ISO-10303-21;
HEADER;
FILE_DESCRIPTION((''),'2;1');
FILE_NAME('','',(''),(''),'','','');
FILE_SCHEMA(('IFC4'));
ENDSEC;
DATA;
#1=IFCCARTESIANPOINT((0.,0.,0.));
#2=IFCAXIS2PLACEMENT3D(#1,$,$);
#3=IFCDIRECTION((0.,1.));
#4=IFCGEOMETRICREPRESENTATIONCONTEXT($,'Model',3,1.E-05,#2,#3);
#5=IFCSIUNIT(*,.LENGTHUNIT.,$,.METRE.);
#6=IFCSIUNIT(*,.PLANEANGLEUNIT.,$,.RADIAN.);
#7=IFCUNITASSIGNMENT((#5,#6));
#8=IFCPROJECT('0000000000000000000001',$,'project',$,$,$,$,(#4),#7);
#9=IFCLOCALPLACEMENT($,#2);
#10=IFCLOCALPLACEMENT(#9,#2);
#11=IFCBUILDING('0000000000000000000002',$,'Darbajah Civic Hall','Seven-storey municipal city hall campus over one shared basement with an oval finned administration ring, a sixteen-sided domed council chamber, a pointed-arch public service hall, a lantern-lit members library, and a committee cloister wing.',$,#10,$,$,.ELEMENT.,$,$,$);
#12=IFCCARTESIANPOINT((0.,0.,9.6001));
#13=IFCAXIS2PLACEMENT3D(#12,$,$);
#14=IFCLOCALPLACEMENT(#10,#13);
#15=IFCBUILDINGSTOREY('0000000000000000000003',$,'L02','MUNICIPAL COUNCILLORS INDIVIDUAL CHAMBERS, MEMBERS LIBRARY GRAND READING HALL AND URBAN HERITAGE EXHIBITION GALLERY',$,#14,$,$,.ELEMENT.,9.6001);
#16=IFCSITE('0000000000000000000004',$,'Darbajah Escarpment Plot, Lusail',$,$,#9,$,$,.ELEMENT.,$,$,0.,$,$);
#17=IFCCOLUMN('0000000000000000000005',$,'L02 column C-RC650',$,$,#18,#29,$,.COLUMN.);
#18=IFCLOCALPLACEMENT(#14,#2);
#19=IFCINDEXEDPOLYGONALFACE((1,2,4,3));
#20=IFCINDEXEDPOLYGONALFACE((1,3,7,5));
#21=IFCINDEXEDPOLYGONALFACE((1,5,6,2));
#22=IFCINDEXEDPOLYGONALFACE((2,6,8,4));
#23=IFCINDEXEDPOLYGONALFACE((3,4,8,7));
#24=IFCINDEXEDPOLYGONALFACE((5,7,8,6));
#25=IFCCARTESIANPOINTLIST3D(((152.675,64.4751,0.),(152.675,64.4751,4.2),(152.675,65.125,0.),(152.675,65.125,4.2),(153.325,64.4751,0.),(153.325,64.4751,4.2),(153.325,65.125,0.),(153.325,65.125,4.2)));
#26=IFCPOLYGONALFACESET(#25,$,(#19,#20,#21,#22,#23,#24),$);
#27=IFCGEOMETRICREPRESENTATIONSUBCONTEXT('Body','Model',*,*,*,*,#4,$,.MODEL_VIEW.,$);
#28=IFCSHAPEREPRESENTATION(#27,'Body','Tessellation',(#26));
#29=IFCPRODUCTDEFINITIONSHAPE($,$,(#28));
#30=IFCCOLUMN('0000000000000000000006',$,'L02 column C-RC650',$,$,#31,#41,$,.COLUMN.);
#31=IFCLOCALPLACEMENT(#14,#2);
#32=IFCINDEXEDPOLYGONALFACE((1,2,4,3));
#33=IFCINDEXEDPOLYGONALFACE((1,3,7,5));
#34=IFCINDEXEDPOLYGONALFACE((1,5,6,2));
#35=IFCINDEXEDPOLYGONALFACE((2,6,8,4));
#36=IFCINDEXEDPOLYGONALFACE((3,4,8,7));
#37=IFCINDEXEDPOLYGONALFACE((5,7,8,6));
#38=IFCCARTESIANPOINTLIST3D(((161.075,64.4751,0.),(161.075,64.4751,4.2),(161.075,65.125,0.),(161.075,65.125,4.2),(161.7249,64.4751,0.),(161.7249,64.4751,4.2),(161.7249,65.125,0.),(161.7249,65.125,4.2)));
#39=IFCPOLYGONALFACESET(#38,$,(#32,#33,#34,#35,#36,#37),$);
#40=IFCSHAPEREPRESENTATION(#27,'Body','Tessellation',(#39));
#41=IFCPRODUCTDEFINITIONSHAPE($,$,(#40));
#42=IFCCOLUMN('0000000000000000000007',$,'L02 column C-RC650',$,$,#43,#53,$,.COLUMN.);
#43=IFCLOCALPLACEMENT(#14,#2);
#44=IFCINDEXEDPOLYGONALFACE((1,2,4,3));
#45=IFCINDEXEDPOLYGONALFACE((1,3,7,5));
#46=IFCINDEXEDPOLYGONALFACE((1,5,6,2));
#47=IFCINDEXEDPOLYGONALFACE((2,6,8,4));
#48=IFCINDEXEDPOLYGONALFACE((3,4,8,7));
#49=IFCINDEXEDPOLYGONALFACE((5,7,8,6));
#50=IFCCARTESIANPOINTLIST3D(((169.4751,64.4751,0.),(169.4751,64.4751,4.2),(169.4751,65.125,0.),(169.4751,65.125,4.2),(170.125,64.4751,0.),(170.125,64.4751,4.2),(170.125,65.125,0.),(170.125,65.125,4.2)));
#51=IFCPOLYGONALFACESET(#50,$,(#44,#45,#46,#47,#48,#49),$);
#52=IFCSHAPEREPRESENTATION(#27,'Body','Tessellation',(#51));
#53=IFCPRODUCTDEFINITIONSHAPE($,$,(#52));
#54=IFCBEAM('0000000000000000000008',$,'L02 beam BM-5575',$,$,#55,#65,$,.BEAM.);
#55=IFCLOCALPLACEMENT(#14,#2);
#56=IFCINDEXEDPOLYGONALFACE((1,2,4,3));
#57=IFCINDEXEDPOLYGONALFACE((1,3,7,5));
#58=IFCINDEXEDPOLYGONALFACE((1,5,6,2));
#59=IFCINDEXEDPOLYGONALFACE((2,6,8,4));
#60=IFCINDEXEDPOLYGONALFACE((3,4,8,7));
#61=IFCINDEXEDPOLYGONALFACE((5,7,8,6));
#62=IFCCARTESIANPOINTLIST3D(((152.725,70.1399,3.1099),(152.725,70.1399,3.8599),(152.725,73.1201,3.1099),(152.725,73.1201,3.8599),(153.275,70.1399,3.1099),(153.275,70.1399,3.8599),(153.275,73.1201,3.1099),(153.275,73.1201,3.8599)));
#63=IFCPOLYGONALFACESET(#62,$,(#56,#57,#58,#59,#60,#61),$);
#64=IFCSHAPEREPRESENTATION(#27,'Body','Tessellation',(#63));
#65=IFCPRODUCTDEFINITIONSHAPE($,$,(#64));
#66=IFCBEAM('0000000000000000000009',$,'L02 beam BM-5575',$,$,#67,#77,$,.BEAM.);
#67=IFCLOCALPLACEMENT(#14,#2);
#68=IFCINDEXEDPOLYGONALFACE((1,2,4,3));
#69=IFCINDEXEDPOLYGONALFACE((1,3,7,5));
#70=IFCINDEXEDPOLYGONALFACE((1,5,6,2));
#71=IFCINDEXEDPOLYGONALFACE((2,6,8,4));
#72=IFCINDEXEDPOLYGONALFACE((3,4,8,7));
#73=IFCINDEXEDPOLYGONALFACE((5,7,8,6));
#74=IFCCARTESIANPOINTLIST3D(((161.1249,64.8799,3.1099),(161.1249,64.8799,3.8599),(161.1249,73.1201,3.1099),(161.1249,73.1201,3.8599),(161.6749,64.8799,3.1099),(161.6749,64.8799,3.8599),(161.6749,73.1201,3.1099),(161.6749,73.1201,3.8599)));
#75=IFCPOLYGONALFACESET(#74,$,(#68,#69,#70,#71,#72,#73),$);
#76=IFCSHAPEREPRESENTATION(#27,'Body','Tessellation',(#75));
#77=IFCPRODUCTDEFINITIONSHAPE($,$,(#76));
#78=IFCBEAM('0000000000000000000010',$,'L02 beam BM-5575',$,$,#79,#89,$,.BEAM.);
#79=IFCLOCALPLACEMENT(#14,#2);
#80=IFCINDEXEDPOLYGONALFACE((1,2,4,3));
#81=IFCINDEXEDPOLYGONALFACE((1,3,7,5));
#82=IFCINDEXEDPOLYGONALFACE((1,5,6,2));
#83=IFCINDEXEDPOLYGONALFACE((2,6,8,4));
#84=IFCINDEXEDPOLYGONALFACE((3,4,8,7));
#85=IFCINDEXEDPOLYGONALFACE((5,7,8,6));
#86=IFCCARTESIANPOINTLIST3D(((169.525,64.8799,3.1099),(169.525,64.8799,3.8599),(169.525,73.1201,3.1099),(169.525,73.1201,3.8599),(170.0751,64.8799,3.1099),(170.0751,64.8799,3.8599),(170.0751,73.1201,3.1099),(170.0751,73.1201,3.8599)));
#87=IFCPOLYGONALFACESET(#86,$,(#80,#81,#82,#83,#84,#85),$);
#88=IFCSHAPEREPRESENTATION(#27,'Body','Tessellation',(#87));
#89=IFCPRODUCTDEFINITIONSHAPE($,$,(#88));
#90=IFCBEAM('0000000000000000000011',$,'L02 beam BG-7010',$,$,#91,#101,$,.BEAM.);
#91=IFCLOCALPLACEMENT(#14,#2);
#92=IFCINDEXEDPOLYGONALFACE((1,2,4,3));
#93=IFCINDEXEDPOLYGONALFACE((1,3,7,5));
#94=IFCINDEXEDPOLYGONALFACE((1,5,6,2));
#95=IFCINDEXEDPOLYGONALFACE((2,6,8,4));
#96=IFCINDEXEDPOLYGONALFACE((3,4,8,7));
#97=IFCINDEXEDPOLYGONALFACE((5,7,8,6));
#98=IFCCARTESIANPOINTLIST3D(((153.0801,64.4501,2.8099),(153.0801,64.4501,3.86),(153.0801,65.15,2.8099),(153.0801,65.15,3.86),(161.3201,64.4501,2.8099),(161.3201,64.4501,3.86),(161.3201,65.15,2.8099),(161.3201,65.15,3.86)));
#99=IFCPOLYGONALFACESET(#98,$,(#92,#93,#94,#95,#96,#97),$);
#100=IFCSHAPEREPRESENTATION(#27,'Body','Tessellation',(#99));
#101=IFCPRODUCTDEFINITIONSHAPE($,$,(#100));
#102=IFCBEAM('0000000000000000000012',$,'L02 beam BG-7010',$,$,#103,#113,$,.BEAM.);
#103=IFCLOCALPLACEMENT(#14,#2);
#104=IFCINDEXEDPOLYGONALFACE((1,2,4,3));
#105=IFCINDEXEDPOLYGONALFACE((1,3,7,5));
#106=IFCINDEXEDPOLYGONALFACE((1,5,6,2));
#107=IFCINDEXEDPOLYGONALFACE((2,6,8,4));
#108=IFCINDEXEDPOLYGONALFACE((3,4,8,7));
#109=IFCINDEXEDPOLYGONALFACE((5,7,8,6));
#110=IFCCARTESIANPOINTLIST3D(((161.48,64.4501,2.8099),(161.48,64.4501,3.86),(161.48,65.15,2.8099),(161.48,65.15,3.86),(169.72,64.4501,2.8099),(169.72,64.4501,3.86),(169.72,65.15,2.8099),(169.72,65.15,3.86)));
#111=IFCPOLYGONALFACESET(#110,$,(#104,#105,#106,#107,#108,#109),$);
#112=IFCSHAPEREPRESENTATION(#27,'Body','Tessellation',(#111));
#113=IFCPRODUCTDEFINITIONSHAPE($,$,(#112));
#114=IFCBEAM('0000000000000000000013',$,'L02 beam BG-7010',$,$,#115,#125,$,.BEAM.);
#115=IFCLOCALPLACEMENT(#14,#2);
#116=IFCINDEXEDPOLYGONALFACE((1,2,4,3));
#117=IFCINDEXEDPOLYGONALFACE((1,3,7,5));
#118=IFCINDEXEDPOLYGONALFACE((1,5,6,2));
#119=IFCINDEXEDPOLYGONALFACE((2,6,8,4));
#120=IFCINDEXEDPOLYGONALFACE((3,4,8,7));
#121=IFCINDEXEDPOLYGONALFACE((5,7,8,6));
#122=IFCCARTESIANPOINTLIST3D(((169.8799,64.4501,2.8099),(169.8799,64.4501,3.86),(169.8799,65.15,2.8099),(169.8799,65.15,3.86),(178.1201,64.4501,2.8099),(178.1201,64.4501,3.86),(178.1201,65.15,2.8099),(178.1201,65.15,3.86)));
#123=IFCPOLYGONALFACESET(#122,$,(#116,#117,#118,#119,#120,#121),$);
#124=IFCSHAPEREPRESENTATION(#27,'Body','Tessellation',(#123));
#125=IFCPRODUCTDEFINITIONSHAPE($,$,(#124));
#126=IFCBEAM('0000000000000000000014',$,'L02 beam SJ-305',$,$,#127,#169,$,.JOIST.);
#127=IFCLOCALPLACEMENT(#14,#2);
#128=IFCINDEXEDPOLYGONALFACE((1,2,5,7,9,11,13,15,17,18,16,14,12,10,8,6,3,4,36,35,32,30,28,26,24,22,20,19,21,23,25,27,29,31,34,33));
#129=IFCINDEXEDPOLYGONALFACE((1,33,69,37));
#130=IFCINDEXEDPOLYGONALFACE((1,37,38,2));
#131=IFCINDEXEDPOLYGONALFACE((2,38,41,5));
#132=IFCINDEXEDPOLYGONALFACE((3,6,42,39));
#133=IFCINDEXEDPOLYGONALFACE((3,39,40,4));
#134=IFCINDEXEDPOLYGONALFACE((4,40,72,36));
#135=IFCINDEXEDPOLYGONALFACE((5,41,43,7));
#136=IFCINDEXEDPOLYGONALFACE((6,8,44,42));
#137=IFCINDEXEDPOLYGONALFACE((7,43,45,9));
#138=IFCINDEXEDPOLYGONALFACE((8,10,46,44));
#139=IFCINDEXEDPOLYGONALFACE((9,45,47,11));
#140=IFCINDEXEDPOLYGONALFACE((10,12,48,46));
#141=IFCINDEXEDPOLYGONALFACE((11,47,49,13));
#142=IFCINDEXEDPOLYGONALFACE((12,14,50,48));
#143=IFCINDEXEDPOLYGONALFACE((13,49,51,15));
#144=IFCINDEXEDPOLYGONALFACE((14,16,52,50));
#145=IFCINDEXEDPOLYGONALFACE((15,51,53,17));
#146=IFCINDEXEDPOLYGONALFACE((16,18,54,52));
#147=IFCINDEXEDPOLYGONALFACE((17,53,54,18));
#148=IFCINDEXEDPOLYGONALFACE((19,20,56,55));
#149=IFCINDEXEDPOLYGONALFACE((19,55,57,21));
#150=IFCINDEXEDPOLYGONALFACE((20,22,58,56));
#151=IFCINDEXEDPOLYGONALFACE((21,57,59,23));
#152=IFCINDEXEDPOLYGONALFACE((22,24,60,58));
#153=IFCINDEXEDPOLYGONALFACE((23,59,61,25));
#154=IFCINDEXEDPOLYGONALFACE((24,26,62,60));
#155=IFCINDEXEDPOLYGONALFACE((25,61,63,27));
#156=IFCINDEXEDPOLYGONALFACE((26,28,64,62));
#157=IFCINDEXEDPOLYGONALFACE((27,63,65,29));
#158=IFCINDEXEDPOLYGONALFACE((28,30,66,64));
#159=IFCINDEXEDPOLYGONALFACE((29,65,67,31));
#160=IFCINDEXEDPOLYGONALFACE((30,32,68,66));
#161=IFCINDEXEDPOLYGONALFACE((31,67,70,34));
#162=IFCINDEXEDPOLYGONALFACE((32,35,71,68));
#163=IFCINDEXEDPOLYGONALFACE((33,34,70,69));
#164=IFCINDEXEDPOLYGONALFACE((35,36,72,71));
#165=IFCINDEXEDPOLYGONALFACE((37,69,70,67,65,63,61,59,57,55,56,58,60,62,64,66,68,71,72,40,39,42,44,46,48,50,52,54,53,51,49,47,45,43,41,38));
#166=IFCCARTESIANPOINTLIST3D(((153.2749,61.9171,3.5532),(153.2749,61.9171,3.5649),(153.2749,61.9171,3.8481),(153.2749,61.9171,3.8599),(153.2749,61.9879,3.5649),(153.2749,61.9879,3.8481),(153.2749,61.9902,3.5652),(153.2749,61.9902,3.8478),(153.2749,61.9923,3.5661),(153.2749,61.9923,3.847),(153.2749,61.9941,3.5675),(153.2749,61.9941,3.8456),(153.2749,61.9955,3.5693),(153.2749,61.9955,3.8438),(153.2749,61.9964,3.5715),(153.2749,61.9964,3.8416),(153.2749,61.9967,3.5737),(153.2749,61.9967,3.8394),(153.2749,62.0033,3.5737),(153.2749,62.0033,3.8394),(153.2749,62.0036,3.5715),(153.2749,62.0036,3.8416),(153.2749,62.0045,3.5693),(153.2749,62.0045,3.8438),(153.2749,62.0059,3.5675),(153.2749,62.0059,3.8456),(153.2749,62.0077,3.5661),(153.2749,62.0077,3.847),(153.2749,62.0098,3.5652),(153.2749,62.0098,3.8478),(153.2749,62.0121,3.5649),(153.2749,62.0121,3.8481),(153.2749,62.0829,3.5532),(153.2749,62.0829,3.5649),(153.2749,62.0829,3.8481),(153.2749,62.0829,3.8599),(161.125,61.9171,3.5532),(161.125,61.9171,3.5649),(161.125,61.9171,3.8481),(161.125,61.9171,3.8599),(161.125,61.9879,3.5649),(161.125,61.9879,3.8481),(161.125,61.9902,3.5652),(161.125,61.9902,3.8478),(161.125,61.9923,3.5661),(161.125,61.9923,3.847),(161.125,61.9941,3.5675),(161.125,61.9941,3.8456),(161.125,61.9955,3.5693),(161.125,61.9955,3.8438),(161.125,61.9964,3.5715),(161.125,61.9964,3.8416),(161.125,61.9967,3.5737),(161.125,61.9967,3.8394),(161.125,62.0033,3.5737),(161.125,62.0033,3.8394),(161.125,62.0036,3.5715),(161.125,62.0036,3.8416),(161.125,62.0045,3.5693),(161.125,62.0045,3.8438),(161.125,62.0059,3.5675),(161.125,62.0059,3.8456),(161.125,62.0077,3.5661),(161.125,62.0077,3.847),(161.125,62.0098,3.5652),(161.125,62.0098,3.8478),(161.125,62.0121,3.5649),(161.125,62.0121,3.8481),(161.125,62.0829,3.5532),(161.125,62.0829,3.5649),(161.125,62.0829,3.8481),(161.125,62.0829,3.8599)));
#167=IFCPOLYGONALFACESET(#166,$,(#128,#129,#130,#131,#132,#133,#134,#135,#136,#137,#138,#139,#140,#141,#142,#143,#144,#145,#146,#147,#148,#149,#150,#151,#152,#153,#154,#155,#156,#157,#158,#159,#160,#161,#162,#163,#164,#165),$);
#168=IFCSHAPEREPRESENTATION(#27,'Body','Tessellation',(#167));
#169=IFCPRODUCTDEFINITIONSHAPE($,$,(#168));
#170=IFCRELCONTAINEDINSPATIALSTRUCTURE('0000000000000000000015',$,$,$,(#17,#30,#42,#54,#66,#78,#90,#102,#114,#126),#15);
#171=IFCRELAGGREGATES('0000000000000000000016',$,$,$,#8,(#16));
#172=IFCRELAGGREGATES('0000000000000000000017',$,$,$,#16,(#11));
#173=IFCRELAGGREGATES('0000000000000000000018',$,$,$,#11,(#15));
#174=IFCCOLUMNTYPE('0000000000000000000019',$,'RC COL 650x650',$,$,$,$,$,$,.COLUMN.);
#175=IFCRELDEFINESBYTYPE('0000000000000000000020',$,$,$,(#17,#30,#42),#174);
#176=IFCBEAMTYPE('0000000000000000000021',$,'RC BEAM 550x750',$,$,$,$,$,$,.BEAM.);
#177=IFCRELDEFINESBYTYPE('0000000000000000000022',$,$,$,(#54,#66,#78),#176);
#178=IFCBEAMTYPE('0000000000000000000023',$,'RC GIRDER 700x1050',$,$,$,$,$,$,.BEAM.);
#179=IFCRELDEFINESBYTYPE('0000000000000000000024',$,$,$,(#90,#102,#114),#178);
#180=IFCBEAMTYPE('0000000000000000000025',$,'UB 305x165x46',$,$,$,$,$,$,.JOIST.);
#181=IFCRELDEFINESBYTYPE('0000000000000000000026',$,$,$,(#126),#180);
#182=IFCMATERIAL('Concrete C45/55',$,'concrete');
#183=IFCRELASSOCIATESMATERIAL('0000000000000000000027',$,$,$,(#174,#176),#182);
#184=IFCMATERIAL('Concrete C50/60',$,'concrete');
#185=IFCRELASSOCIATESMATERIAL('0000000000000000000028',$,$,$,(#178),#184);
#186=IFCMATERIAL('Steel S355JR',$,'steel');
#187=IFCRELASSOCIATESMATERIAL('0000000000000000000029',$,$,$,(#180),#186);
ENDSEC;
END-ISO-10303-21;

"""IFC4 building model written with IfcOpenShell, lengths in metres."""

from ifc_helpers import new_model, si_unit, direction, frame, origin, origin_2d, place, context, subcontext, project, spatial, rectangle, i_section, extrude, material, material_profile, profile_set, type_object, element, save


model = new_model("IFC4")

# Units and contexts
model_context = context("Model", 3, precision=1e-05, world=origin(), true_north=direction((0.0, 1.0)))
body_context = subcontext(model_context, "Body", "Model", "MODEL_VIEW")
ifc_project = project(units=[si_unit("LENGTHUNIT", "METRE"), si_unit("PLANEANGLEUNIT", "RADIAN")], contexts=[model_context])

# Site, building, storey
site_placement = place(None, origin())
site = spatial("IfcSite", under=ifc_project, at=site_placement, Name="Darbajah Escarpment Plot, Lusail", CompositionType="ELEMENT", RefElevation=0.0)
building_placement = place(site_placement, origin())
building = spatial("IfcBuilding", under=site, at=building_placement, Name="Darbajah Civic Hall", Description="Seven-storey municipal city hall campus over one shared basement with an oval finned administration ring, a sixteen-sided domed council chamber, a pointed-arch public service hall, a lantern-lit members library, and a committee cloister wing.", CompositionType="ELEMENT")
storey_placement = place(building_placement, frame((0.0, 0.0, 9.6001)))
storey = spatial("IfcBuildingStorey", under=building, at=storey_placement, Name="L02", Description="MUNICIPAL COUNCILLORS INDIVIDUAL CHAMBERS, MEMBERS LIBRARY GRAND READING HALL AND URBAN HERITAGE EXHIBITION GALLERY", CompositionType="ELEMENT", Elevation=9.6001)

# Columns
ifc_material_1 = material(Name="Concrete C45/55", Category="concrete")
ifc_material_profile_1 = material_profile(ifc_material_1, rectangle(XDim=0.6499, YDim=0.6499, at=origin_2d()), Name="RC COL 650x650")
ifc_profile_set_1 = profile_set([ifc_material_profile_1], Name="Concrete C45/55")
column_type = type_object("IfcColumnType", Name="RC COL 650x650", PredefinedType="COLUMN", material=ifc_profile_set_1)
for number, where, z_axis, x_axis, name in (
    (1, (153.0, 64.8, 0.0), (0.0, 0.0, 1.0), (1.0, 0.0, 0.0), "L02 column C-RC650"),
    (2, (161.3999, 64.8, 0.0), (0.0, 0.0, 1.0), (1.0, 0.0, 0.0), "L02 column C-RC650"),
    (3, (169.8, 64.8, 0.0), (0.0, 0.0, 1.0), (1.0, 0.0, 0.0), "L02 column C-RC650"),
):
    element("IfcColumn", number, at=place(storey_placement, frame(where, z_axis=z_axis, x_axis=x_axis)), inside=storey, type_object=column_type, Name=name, PredefinedType="COLUMN", context=body_context, shape_type="SweptSolid", body=[
        extrude(rectangle(XDim=0.6499, YDim=0.6499, at=origin_2d()), origin(), (0.0, 0.0, 1.0), 4.2),
    ])

# Beams
ifc_material_profile_2 = material_profile(ifc_material_1, rectangle(XDim=0.55, YDim=0.75, at=origin_2d()), Name="RC BEAM 550x750")
ifc_profile_set_2 = profile_set([ifc_material_profile_2], Name="Concrete C45/55")
beam_type_1 = type_object("IfcBeamType", Name="RC BEAM 550x750", PredefinedType="BEAM", material=ifc_profile_set_2)
beam_1_placement = place(storey_placement, frame((153.0, 70.1399, 3.4849), z_axis=(0.0, 1.0, 0.0), x_axis=(-1.0, 0.0, 0.0)))
element("IfcBeam", 4, at=beam_1_placement, inside=storey, type_object=beam_type_1, Name="L02 beam BM-5575", PredefinedType="BEAM", context=body_context, shape_type="SweptSolid", body=[
    extrude(rectangle(XDim=0.55, YDim=0.75, at=origin_2d()), origin(), (0.0, 0.0, 1.0), 2.9802),
])
for number, where, z_axis, x_axis, name in (
    (5, (161.3999, 64.8799, 3.4849), (0.0, 1.0, 0.0), (-1.0, 0.0, 0.0), "L02 beam BM-5575"),
    (6, (169.8, 64.8799, 3.4849), (0.0, 1.0, 0.0), (-1.0, 0.0, 0.0), "L02 beam BM-5575"),
):
    element("IfcBeam", number, at=place(storey_placement, frame(where, z_axis=z_axis, x_axis=x_axis)), inside=storey, type_object=beam_type_1, Name=name, PredefinedType="BEAM", context=body_context, shape_type="SweptSolid", body=[
        extrude(rectangle(XDim=0.55, YDim=0.75, at=origin_2d()), origin(), (0.0, 0.0, 1.0), 8.2402),
    ])
ifc_material_2 = material(Name="Concrete C50/60", Category="concrete")
ifc_material_profile_3 = material_profile(ifc_material_2, rectangle(XDim=0.7, YDim=1.05, at=origin_2d()), Name="RC GIRDER 700x1050")
ifc_profile_set_3 = profile_set([ifc_material_profile_3], Name="Concrete C50/60")
beam_type_2 = type_object("IfcBeamType", Name="RC GIRDER 700x1050", PredefinedType="BEAM", material=ifc_profile_set_3)
for number, where, z_axis, x_axis, name in (
    (7, (153.0801, 64.8, 3.335), (1.0, 0.0, 0.0), (0.0, 1.0, 0.0), "L02 beam BG-7010"),
    (8, (161.48, 64.8, 3.335), (1.0, 0.0, 0.0), (0.0, 1.0, 0.0), "L02 beam BG-7010"),
):
    element("IfcBeam", number, at=place(storey_placement, frame(where, z_axis=z_axis, x_axis=x_axis)), inside=storey, type_object=beam_type_2, Name=name, PredefinedType="BEAM", context=body_context, shape_type="SweptSolid", body=[
        extrude(rectangle(XDim=0.7, YDim=1.05, at=origin_2d()), origin(), (0.0, 0.0, 1.0), 8.24),
    ])
beam_2_placement = place(storey_placement, frame((169.8799, 64.8, 3.335), z_axis=(1.0, 0.0, 0.0), x_axis=(0.0, 1.0, 0.0)))
element("IfcBeam", 9, at=beam_2_placement, inside=storey, type_object=beam_type_2, Name="L02 beam BG-7010", PredefinedType="BEAM", context=body_context, shape_type="SweptSolid", body=[
    extrude(rectangle(XDim=0.7, YDim=1.05, at=origin_2d()), origin(), (0.0, 0.0, 1.0), 8.2402),
])
ifc_material_3 = material(Name="Steel S355JR", Category="steel")
ifc_material_profile_4 = material_profile(ifc_material_3, i_section(OverallWidth=0.1658, OverallDepth=0.3066, WebThickness=0.0066, FlangeThickness=0.0117, FilletRadius=0.0088, at=origin_2d()), Name="UB 305x165x46")
ifc_profile_set_4 = profile_set([ifc_material_profile_4], Name="Steel S355JR")
beam_type_3 = type_object("IfcBeamType", Name="UB 305x165x46", PredefinedType="JOIST", material=ifc_profile_set_4)
beam_3_placement = place(storey_placement, frame((153.2749, 62.0, 3.7065), z_axis=(1.0, 0.0, 0.0), x_axis=(0.0, 1.0, 0.0)))
element("IfcBeam", 10, at=beam_3_placement, inside=storey, type_object=beam_type_3, Name="L02 beam SJ-305", PredefinedType="JOIST", context=body_context, shape_type="SweptSolid", body=[
    extrude(i_section(OverallWidth=0.1658, OverallDepth=0.3066, WebThickness=0.0066, FlangeThickness=0.0117, FilletRadius=0.0088, at=origin_2d()), origin(), (0.0, 0.0, 1.0), 7.8501),
])

save(model, "model.ifc")
